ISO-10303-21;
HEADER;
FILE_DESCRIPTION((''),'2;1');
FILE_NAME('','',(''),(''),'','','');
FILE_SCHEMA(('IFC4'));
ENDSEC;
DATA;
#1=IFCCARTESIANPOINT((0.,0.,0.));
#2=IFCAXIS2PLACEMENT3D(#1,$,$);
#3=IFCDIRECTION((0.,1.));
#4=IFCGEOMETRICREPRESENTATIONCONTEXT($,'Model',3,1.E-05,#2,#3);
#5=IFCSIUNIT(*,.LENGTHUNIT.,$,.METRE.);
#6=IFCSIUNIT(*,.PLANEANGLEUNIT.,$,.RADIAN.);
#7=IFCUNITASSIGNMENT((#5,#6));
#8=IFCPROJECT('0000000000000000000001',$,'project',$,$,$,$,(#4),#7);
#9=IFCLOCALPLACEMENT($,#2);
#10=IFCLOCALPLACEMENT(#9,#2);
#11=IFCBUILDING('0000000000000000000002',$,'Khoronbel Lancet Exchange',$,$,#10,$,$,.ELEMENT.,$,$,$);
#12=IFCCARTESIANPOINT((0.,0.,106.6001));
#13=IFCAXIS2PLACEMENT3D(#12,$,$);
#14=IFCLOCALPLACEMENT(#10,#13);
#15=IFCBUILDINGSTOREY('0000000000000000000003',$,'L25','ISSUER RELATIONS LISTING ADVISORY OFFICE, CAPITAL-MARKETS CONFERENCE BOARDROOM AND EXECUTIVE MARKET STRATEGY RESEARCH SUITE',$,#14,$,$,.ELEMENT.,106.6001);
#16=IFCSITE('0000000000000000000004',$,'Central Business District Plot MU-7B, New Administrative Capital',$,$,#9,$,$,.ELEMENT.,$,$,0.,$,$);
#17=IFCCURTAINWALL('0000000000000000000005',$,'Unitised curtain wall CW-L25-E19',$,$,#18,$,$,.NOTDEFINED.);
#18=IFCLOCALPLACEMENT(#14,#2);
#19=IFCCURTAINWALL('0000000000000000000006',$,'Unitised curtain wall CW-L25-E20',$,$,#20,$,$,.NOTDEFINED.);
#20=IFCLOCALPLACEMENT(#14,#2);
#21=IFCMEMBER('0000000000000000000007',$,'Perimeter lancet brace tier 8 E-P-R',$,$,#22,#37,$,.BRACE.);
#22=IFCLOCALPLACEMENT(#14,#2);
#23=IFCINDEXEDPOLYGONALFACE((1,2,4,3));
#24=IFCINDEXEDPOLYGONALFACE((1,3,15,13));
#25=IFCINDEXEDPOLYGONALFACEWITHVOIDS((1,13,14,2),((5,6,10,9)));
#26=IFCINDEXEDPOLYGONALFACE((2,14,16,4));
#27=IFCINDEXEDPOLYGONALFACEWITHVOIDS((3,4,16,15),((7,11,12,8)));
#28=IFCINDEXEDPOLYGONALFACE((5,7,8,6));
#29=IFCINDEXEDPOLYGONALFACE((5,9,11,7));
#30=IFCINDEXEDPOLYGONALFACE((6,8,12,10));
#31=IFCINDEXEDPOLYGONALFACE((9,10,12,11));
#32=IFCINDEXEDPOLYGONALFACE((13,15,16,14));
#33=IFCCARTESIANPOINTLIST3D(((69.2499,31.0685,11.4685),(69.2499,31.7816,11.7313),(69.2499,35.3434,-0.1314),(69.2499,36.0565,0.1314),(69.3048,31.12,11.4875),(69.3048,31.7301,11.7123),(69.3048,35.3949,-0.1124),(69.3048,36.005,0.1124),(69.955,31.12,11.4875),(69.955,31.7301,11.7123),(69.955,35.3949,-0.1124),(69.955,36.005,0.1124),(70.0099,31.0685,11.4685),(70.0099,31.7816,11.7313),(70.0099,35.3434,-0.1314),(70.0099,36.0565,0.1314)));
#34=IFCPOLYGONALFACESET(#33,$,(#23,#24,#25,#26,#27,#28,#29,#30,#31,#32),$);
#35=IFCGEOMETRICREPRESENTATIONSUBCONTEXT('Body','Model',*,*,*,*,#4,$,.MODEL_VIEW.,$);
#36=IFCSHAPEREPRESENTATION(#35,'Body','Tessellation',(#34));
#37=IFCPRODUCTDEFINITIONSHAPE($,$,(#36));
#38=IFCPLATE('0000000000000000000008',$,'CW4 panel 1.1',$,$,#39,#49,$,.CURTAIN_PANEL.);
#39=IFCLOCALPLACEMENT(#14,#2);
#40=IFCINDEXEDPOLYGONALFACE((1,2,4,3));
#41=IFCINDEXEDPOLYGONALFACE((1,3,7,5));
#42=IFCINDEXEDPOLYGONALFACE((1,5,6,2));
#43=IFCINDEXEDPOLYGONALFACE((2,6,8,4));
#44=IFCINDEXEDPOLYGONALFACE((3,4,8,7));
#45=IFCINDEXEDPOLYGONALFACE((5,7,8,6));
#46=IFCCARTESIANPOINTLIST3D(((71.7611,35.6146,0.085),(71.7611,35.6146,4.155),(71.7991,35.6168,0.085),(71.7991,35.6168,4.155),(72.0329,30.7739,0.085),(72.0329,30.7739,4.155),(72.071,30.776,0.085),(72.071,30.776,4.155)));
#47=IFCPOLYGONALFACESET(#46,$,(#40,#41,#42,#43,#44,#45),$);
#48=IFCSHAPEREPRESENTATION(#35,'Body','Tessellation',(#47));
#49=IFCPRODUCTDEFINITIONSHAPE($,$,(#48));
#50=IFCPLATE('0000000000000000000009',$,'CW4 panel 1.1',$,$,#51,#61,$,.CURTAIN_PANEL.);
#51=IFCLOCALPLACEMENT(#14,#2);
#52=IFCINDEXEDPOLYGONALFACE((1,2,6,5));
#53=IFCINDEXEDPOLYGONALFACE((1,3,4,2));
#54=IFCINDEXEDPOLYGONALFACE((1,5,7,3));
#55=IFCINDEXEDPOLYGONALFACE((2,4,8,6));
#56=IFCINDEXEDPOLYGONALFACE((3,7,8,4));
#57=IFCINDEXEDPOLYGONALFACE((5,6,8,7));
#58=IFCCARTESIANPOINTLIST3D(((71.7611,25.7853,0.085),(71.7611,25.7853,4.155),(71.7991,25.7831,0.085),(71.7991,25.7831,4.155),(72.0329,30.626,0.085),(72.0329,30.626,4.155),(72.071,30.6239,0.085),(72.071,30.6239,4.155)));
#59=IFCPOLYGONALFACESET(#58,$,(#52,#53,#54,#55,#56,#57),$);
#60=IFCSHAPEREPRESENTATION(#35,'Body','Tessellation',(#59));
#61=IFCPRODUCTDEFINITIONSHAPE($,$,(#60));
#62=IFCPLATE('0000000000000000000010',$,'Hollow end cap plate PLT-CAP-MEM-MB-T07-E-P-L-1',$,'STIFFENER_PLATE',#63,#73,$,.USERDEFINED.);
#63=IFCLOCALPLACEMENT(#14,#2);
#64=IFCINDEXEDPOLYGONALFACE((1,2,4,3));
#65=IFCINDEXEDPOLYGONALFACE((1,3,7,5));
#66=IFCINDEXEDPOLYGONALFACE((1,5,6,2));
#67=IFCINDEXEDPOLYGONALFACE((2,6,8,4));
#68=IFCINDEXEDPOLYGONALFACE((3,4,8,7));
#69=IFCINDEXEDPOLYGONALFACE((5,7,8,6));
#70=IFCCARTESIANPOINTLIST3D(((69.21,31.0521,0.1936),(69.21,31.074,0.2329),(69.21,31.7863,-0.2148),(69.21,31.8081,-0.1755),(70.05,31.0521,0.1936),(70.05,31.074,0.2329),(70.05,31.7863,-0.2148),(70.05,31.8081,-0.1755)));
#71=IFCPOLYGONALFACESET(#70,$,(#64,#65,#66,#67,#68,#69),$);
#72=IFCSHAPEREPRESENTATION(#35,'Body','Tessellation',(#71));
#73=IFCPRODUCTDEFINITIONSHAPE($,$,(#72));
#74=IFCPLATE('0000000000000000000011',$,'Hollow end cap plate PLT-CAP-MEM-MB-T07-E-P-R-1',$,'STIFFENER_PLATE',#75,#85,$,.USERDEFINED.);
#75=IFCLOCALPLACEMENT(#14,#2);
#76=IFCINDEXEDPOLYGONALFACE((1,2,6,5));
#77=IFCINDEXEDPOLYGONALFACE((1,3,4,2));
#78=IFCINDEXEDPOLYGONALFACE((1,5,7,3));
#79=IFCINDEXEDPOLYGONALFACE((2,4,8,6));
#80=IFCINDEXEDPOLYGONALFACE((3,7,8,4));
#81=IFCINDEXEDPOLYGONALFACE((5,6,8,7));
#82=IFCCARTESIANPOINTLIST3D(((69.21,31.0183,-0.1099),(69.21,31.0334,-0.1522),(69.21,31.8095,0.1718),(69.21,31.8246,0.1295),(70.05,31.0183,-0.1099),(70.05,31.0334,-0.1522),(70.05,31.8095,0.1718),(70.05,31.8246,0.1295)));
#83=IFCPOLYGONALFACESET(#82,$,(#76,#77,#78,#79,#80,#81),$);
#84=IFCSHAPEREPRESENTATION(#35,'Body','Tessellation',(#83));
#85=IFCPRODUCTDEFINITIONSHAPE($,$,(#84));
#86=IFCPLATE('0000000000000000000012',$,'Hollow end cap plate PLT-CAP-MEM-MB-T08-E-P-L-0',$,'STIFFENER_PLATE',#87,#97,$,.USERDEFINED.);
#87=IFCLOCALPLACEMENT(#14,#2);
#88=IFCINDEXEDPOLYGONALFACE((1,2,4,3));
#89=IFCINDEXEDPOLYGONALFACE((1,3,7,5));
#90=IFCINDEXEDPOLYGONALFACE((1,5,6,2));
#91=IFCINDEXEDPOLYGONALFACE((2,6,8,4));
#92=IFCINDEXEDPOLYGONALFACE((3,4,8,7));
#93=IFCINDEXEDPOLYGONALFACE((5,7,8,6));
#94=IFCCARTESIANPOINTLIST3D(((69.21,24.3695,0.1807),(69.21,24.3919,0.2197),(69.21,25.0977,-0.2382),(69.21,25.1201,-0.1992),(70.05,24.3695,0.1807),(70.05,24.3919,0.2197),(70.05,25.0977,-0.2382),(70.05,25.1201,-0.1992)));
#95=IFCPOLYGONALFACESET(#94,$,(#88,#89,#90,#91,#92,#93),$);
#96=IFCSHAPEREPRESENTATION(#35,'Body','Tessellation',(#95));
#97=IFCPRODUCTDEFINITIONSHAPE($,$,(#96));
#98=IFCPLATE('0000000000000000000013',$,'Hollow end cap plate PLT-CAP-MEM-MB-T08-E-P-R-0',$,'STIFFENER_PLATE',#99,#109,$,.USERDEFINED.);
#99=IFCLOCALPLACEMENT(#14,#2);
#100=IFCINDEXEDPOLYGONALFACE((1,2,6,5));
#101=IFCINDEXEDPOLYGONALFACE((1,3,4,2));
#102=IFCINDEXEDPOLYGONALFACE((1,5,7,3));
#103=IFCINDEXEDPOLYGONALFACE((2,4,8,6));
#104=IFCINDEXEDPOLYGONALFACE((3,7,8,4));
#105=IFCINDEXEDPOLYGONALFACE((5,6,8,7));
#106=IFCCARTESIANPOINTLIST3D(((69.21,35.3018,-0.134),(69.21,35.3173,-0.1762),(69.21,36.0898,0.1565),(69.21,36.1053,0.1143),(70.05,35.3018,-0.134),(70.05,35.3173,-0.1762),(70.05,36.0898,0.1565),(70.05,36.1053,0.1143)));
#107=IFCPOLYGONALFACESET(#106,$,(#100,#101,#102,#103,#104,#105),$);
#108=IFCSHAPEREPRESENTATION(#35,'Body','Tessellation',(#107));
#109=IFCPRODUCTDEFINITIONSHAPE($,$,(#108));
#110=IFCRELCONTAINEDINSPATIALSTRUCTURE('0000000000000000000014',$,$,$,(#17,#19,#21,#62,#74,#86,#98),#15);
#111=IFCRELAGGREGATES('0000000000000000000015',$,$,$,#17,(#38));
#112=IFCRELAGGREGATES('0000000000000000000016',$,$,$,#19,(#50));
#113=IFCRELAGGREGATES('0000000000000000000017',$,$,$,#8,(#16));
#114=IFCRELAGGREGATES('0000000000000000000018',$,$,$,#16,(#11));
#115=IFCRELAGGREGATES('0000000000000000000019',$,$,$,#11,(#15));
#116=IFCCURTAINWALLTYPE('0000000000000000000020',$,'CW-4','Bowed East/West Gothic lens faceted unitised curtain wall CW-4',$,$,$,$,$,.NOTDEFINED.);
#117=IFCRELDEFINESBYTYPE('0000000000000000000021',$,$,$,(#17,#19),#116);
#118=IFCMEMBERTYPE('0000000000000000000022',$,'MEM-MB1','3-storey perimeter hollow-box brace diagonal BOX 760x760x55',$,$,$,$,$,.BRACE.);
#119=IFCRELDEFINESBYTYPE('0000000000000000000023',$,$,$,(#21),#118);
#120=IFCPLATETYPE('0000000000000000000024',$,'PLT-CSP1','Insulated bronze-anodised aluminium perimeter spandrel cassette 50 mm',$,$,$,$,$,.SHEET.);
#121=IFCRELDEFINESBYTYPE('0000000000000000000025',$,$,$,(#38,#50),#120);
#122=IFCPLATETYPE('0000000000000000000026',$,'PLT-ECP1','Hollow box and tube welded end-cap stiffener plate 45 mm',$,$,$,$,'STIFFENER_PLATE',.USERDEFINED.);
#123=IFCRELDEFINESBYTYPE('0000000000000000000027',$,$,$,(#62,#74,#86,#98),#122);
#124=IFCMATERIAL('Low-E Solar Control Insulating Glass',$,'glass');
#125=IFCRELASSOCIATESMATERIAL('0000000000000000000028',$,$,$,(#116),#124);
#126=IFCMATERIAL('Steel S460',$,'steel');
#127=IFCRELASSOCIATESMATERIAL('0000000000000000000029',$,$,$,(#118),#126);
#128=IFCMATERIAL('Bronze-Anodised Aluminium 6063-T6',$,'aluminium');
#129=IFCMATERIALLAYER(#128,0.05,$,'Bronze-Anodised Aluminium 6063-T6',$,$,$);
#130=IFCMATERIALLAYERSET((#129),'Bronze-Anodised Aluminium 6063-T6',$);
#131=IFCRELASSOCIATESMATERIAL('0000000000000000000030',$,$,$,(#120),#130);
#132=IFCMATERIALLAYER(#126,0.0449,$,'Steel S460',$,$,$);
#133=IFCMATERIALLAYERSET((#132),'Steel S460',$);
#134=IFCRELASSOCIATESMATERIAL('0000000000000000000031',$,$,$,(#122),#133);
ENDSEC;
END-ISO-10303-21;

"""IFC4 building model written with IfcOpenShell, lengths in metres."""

from ifc_helpers import new_model, si_unit, direction, frame, origin, origin_2d, place, context, subcontext, project, spatial, polyline, rectangle, hollow_rectangle, outline, extrude, material, layer, layer_set, material_profile, profile_set, type_object, element, aggregate, save


model = new_model("IFC4")

# Units and contexts
model_context = context("Model", 3, precision=1e-05, world=origin(), true_north=direction((0.0, 1.0)))
body_context = subcontext(model_context, "Body", "Model", "MODEL_VIEW")
ifc_project = project(units=[si_unit("LENGTHUNIT", "METRE"), si_unit("PLANEANGLEUNIT", "RADIAN")], contexts=[model_context])

# Site, building, storey
site_placement = place(None, origin())
site = spatial("IfcSite", under=ifc_project, at=site_placement, Name="Central Business District Plot MU-7B, New Administrative Capital", CompositionType="ELEMENT", RefElevation=0.0)
building_placement = place(site_placement, origin())
building = spatial("IfcBuilding", under=site, at=building_placement, Name="Khoronbel Lancet Exchange", CompositionType="ELEMENT")
storey_placement = place(building_placement, frame((0.0, 0.0, 106.6001)))
storey = spatial("IfcBuildingStorey", under=building, at=storey_placement, Name="L25", Description="ISSUER RELATIONS LISTING ADVISORY OFFICE, CAPITAL-MARKETS CONFERENCE BOARDROOM AND EXECUTIVE MARKET STRATEGY RESEARCH SUITE", CompositionType="ELEMENT", Elevation=106.6001)

# Shared definitions
ifc_material_1 = material(Name="Low-E Solar Control Insulating Glass", Category="glass")
curtain_wall_type = type_object("IfcCurtainWallType", Name="CW-4", Description="Bowed East/West Gothic lens faceted unitised curtain wall CW-4", PredefinedType="NOTDEFINED", material=ifc_material_1)
ifc_material_2 = material(Name="Bronze-Anodised Aluminium 6063-T6", Category="aluminium")

# Curtain walls
curtain_wall_1_placement = place(storey_placement, origin())
curtain_wall_1 = element("IfcCurtainWall", 1, at=curtain_wall_1_placement, inside=storey, type_object=curtain_wall_type, Name="Unitised curtain wall CW-L25-E19", PredefinedType="NOTDEFINED")
curtain_wall_2_placement = place(storey_placement, origin())
curtain_wall_2 = element("IfcCurtainWall", 2, at=curtain_wall_2_placement, inside=storey, type_object=curtain_wall_type, Name="Unitised curtain wall CW-L25-E20", PredefinedType="NOTDEFINED")

# Member
ifc_material_3 = material(Name="Steel S460", Category="steel")
ifc_material_profile_1 = material_profile(ifc_material_3, hollow_rectangle(XDim=0.76, YDim=0.76, WallThickness=0.0549, at=origin_2d()), Name="BOX 760x760x55")
ifc_profile_set_1 = profile_set([ifc_material_profile_1], Name="Steel S460")
member_type_1 = type_object("IfcMemberType", Name="MEM-MB1", Description="3-storey perimeter hollow-box brace diagonal BOX 760x760x55", PredefinedType="BRACE", material=ifc_profile_set_1)
member_1_placement = place(storey_placement, frame((69.6299, 35.7, 0.0), z_axis=(0.0, -0.345796, 0.93831), x_axis=(1.0, 0.0, 0.0)))
element("IfcMember", 3, at=member_1_placement, inside=storey, type_object=member_type_1, Name="Perimeter lancet brace tier 8 E-P-R", PredefinedType="BRACE", context=body_context, shape_type="SweptSolid", body=[
    extrude(hollow_rectangle(XDim=0.76, YDim=0.76, WallThickness=0.0549, at=origin_2d()), origin(), (0.0, 0.0, 1.0), 12.3625),
])

# Plates
ifc_layer_1 = layer(ifc_material_2, 0.05, Name="Bronze-Anodised Aluminium 6063-T6")
ifc_layer_set_1 = layer_set([ifc_layer_1], Name="Bronze-Anodised Aluminium 6063-T6")
plate_type_1 = type_object("IfcPlateType", Name="PLT-CSP1", Description="Insulated bronze-anodised aluminium perimeter spandrel cassette 50 mm", PredefinedType="SHEET", material=ifc_layer_set_1)
plate_1_placement = place(storey_placement, frame((71.916, 33.1953, 0.085), z_axis=(0.0, 0.0, 1.0), x_axis=(0.056077, -0.998426, 0.0)))
plate_1 = element("IfcPlate", 4, at=plate_1_placement, type_object=plate_type_1, Name="CW4 panel 1.1", PredefinedType="CURTAIN_PANEL", context=body_context, shape_type="SweptSolid", body=[
    extrude(rectangle(XDim=4.8484, YDim=0.0381, at=origin_2d()), origin(), (0.0, 0.0, 1.0), 4.0701),
])
aggregate(curtain_wall_1, [plate_1])
plate_2_placement = place(storey_placement, frame((71.916, 28.2046, 0.085), z_axis=(0.0, 0.0, 1.0), x_axis=(-0.056077, -0.998426, 0.0)))
plate_2 = element("IfcPlate", 5, at=plate_2_placement, type_object=plate_type_1, Name="CW4 panel 1.1", PredefinedType="CURTAIN_PANEL", context=body_context, shape_type="SweptSolid", body=[
    extrude(rectangle(XDim=4.8484, YDim=0.0381, at=origin_2d()), origin(), (0.0, 0.0, 1.0), 4.0701),
])
aggregate(curtain_wall_2, [plate_2])

# Plates
ifc_layer_2 = layer(ifc_material_3, 0.0449, Name="Steel S460")
ifc_layer_set_2 = layer_set([ifc_layer_2], Name="Steel S460")
plate_type_2 = type_object("IfcPlateType", Name="PLT-ECP1", Description="Hollow box and tube welded end-cap stiffener plate 45 mm", ElementType="STIFFENER_PLATE", PredefinedType="USERDEFINED", material=ifc_layer_set_2)
plate_3_placement = place(storey_placement, frame((70.05, 31.8081, -0.1755), z_axis=(0.0, 0.486186, 0.873856), x_axis=(-1.0, 0.0, 0.0)))
element("IfcPlate", 6, at=plate_3_placement, inside=storey, type_object=plate_type_2, Name="Hollow end cap plate PLT-CAP-MEM-MB-T07-E-P-L-1", ObjectType="STIFFENER_PLATE", PredefinedType="USERDEFINED", context=body_context, shape_type="SweptSolid", body=[
    extrude(outline(polyline([(0.0, 0.0), (0.8401, 0.0), (0.8401, 0.8401), (0.0, 0.8401), (0.0, 0.0)])), origin(), (0.0, 0.0, -1.0), 0.0449),
])
plate_4_placement = place(storey_placement, frame((69.21, 31.0183, -0.1099), z_axis=(0.0, -0.335434, 0.942064), x_axis=(1.0, 0.0, 0.0)))
element("IfcPlate", 7, at=plate_4_placement, inside=storey, type_object=plate_type_2, Name="Hollow end cap plate PLT-CAP-MEM-MB-T07-E-P-R-1", ObjectType="STIFFENER_PLATE", PredefinedType="USERDEFINED", context=body_context, shape_type="SweptSolid", body=[
    extrude(outline(polyline([(0.0, 0.0), (0.8401, 0.0), (0.8401, 0.8398), (0.0, 0.8398), (0.0, 0.0)])), origin(), (0.0, 0.0, -1.0), 0.0449),
])
plate_5_placement = place(storey_placement, frame((70.05, 25.1201, -0.1992), z_axis=(0.0, 0.49864, 0.866809), x_axis=(-1.0, 0.0, 0.0)))
element("IfcPlate", 8, at=plate_5_placement, inside=storey, type_object=plate_type_2, Name="Hollow end cap plate PLT-CAP-MEM-MB-T08-E-P-L-0", ObjectType="STIFFENER_PLATE", PredefinedType="USERDEFINED", context=body_context, shape_type="SweptSolid", body=[
    extrude(outline(polyline([(0.0, 0.0), (0.8401, 0.0), (0.8401, 0.8401), (0.0, 0.8401), (0.0, 0.0)])), origin(), (0.0, 0.0, -1.0), 0.0449),
])
plate_6_placement = place(storey_placement, frame((69.21, 35.3018, -0.134), z_axis=(0.0, -0.345894, 0.938274), x_axis=(1.0, 0.0, 0.0)))
element("IfcPlate", 9, at=plate_6_placement, inside=storey, type_object=plate_type_2, Name="Hollow end cap plate PLT-CAP-MEM-MB-T08-E-P-R-0", ObjectType="STIFFENER_PLATE", PredefinedType="USERDEFINED", context=body_context, shape_type="SweptSolid", body=[
    extrude(outline(polyline([(0.0, 0.0), (0.8401, 0.0), (0.8401, 0.8398), (0.0, 0.8398), (0.0, 0.0)])), origin(), (0.0, 0.0, -1.0), 0.0449),
])

save(model, "model.ifc")
